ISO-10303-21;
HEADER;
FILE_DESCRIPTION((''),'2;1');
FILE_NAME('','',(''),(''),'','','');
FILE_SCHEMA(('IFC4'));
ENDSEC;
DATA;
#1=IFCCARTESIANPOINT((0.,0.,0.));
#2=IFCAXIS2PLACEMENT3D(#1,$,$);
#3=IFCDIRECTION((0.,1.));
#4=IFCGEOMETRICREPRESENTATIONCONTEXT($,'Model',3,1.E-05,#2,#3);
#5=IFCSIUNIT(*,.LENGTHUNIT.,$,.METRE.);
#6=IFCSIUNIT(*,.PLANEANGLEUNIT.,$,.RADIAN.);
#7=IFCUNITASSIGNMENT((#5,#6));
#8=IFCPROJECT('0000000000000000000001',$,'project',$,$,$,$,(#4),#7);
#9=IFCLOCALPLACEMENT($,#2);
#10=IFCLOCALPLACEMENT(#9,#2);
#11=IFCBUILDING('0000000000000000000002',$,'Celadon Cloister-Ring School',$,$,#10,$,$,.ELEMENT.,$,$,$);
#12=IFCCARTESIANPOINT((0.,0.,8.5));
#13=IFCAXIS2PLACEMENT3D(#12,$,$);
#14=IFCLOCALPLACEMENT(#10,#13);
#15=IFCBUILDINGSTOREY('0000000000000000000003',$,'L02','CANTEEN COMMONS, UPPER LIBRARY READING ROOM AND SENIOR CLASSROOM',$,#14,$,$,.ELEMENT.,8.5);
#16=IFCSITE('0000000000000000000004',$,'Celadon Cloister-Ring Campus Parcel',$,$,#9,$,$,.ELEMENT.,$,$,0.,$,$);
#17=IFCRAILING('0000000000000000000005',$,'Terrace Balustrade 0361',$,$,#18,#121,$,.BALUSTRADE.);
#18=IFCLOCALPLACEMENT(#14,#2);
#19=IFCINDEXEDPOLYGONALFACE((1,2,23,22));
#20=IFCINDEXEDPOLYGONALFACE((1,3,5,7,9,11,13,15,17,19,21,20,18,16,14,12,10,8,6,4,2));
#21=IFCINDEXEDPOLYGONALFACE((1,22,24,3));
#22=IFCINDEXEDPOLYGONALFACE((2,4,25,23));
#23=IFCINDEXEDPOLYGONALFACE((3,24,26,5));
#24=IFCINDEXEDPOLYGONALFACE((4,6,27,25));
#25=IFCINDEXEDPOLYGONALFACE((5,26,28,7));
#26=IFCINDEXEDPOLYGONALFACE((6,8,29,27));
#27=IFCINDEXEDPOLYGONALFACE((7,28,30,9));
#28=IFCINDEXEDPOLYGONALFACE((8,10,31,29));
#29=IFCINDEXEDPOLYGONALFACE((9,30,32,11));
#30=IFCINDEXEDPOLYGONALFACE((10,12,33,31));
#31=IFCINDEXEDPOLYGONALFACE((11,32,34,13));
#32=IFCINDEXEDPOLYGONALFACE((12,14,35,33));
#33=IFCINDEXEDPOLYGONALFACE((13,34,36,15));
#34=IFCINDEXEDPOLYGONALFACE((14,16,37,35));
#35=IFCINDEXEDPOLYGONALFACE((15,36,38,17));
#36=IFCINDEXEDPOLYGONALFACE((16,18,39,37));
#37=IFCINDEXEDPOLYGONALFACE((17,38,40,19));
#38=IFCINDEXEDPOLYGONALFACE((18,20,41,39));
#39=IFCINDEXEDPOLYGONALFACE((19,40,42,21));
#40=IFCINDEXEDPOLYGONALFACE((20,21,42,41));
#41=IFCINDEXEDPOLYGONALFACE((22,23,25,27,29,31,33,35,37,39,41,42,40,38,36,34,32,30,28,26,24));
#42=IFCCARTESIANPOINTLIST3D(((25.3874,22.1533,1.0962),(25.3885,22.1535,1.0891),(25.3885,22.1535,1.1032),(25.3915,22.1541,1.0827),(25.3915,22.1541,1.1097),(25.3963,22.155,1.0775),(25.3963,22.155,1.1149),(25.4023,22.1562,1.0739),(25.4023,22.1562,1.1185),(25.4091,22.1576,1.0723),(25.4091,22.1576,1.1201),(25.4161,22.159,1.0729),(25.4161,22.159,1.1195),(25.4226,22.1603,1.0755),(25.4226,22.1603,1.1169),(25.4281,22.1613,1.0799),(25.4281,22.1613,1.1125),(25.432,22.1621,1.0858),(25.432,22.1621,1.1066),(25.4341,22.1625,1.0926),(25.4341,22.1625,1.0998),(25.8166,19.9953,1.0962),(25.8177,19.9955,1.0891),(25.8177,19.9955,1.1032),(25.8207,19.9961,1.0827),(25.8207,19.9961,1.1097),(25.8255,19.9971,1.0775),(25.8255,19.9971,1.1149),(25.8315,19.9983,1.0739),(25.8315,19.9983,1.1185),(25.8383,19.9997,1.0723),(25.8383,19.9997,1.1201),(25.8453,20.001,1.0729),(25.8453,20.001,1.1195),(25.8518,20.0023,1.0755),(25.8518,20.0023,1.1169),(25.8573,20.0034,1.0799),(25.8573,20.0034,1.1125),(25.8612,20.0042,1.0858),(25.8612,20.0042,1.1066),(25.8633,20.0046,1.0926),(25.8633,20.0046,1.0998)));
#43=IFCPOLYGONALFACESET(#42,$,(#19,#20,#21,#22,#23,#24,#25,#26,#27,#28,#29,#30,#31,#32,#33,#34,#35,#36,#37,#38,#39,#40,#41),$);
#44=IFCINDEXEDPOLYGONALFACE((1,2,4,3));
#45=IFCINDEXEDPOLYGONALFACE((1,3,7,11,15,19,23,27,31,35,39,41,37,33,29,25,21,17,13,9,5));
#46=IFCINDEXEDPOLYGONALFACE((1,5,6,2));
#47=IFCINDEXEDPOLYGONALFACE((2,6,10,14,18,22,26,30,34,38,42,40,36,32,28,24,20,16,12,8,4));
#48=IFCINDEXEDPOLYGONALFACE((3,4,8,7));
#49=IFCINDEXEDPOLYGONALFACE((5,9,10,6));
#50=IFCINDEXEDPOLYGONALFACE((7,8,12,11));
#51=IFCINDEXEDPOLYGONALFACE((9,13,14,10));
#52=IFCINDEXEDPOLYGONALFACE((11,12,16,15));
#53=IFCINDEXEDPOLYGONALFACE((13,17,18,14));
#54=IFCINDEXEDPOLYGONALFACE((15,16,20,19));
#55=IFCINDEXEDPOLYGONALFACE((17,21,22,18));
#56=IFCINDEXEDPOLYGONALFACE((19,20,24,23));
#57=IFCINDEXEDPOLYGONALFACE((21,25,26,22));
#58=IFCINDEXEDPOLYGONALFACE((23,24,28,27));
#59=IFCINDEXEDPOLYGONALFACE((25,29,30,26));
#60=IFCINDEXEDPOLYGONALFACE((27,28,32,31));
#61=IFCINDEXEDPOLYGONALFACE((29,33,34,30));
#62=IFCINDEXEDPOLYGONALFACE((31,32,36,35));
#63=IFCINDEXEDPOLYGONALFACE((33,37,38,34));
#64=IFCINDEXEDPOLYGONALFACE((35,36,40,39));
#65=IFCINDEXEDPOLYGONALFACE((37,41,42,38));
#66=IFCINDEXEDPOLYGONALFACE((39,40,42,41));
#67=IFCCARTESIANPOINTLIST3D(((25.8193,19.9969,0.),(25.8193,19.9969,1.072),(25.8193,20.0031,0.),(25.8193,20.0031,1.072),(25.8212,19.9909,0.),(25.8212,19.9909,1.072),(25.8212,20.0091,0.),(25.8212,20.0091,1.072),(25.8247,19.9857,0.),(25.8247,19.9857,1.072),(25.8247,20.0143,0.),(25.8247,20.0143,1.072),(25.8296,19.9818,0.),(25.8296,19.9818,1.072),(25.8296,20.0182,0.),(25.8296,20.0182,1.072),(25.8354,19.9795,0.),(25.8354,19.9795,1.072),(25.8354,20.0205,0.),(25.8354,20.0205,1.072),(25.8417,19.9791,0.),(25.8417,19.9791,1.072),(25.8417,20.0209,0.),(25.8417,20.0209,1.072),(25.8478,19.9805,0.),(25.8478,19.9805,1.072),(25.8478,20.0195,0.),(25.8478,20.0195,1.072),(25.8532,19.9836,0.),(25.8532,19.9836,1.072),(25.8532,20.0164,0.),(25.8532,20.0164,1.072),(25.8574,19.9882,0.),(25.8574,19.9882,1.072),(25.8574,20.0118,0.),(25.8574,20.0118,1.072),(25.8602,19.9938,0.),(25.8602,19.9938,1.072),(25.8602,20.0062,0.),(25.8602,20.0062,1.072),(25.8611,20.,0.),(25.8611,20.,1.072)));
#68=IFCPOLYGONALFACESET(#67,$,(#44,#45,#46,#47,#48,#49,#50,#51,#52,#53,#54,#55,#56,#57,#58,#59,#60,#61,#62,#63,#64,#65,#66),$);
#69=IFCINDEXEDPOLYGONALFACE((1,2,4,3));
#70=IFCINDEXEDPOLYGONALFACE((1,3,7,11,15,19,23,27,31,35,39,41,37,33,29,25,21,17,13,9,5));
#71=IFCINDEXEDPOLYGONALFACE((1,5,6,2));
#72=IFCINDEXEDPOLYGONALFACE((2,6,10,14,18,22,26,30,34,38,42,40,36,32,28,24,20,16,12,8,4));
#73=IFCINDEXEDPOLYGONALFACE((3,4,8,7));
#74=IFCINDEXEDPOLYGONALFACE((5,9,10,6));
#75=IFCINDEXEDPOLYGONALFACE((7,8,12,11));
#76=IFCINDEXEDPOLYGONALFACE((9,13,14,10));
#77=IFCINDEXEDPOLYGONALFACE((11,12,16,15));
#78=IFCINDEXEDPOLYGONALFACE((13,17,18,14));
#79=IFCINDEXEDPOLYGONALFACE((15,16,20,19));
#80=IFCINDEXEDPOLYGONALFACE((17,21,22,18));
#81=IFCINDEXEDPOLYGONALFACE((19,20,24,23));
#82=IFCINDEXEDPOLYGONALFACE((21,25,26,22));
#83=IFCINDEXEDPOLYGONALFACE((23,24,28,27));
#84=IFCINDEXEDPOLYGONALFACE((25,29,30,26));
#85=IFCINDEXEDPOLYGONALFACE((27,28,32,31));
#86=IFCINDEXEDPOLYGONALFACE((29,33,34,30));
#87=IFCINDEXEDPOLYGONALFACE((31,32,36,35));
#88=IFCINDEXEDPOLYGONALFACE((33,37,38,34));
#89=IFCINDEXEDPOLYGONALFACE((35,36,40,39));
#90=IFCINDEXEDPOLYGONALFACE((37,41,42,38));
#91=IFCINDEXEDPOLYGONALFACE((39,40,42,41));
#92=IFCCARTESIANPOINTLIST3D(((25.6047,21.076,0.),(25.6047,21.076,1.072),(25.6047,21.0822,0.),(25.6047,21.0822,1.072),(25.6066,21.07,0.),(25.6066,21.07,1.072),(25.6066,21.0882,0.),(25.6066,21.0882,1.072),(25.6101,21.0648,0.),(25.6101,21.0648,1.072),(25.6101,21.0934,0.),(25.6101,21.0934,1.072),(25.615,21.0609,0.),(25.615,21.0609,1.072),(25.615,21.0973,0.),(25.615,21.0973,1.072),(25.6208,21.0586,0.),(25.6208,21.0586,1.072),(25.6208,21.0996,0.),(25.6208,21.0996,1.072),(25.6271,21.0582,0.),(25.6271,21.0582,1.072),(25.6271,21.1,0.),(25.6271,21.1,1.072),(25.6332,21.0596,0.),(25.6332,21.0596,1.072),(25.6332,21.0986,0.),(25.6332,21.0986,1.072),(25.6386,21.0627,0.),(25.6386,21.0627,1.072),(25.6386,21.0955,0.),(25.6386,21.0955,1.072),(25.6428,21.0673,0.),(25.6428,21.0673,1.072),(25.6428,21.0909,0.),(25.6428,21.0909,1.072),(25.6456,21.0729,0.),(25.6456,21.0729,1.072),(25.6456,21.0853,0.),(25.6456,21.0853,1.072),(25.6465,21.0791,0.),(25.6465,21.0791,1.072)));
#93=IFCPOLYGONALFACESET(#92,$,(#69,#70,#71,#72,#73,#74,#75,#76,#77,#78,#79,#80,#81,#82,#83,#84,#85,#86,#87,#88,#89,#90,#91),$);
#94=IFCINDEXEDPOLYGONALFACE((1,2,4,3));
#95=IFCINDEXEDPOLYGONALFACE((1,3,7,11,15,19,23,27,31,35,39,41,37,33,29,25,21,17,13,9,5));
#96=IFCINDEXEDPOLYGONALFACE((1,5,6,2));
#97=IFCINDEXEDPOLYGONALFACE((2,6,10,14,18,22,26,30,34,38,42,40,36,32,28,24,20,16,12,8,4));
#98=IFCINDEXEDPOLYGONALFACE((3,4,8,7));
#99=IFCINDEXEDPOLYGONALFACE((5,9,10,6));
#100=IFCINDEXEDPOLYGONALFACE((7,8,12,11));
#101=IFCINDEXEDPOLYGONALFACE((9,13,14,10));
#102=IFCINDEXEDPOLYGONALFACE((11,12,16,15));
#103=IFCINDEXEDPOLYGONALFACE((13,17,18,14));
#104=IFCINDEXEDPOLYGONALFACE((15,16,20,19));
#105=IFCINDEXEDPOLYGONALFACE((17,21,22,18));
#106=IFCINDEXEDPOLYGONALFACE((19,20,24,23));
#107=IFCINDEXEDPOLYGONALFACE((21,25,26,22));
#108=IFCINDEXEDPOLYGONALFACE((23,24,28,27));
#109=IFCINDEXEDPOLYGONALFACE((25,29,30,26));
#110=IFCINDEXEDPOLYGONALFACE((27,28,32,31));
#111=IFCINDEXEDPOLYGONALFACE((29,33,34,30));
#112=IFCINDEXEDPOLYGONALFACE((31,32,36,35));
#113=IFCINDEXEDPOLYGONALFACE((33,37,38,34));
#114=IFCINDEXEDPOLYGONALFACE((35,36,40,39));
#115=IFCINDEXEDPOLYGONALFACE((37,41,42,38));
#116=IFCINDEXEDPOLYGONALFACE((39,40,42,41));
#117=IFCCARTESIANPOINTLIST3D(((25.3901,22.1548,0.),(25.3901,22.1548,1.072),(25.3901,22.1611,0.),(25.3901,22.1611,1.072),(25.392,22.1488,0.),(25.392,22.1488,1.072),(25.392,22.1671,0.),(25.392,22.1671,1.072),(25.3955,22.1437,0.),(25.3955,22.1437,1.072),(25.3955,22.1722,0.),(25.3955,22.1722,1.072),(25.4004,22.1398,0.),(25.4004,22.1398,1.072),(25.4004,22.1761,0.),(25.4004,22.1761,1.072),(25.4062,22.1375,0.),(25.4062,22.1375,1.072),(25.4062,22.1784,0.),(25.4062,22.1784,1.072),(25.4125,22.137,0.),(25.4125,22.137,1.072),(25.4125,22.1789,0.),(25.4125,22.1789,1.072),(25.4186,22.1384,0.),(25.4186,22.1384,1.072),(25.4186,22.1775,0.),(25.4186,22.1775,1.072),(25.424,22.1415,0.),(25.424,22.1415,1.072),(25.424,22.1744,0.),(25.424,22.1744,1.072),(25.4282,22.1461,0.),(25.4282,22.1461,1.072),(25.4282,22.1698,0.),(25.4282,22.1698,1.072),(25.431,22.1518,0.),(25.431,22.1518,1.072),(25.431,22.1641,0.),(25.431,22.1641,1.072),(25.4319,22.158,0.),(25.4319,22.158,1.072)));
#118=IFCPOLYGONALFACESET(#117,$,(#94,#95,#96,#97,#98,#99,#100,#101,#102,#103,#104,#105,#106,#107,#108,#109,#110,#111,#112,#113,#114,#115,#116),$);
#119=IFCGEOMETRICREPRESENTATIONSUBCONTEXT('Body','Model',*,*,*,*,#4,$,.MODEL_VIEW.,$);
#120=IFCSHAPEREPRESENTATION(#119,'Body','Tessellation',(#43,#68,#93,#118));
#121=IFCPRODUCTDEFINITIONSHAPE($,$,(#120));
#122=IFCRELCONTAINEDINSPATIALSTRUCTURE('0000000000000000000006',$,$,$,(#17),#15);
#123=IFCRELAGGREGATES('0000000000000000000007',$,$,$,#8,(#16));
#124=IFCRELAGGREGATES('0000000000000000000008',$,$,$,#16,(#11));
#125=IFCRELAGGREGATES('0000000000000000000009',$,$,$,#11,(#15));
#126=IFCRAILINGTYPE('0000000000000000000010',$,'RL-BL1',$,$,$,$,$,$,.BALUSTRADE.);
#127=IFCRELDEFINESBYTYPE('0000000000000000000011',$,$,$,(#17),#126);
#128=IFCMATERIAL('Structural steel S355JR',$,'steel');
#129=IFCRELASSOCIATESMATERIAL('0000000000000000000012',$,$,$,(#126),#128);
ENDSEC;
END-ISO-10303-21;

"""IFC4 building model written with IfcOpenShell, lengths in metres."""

from ifc_helpers import new_model, si_unit, direction, frame, origin, origin_2d, place, context, subcontext, project, spatial, circle, extrude, material, type_object, element, save


model = new_model("IFC4")

# Units and contexts
model_context = context("Model", 3, precision=1e-05, world=origin(), true_north=direction((0.0, 1.0)))
body_context = subcontext(model_context, "Body", "Model", "MODEL_VIEW")
ifc_project = project(units=[si_unit("LENGTHUNIT", "METRE"), si_unit("PLANEANGLEUNIT", "RADIAN")], contexts=[model_context])

# Site, building, storey
site_placement = place(None, origin())
site = spatial("IfcSite", under=ifc_project, at=site_placement, Name="Celadon Cloister-Ring Campus Parcel", CompositionType="ELEMENT", RefElevation=0.0)
building_placement = place(site_placement, origin())
building = spatial("IfcBuilding", under=site, at=building_placement, Name="Celadon Cloister-Ring School", CompositionType="ELEMENT")
storey_placement = place(building_placement, frame((0.0, 0.0, 8.5)))
storey = spatial("IfcBuildingStorey", under=building, at=storey_placement, Name="L02", Description="CANTEEN COMMONS, UPPER LIBRARY READING ROOM AND SENIOR CLASSROOM", CompositionType="ELEMENT", Elevation=8.5)

# Railing
ifc_material_1 = material(Name="Structural steel S355JR", Category="steel")
railing_type = type_object("IfcRailingType", Name="RL-BL1", PredefinedType="BALUSTRADE", material=ifc_material_1)
railing_placement = place(storey_placement, frame((25.8401, 20.0, 0.0)))
element("IfcRailing", 1, at=railing_placement, inside=storey, type_object=railing_type, Name="Terrace Balustrade 0361", PredefinedType="BALUSTRADE", context=body_context, shape_type="SweptSolid", body=[
    extrude(circle(Radius=0.0239, at=origin_2d()), frame((0.0, 0.0, 1.0962), z_axis=(-0.19507, 0.980789, 0.0), x_axis=(-0.980789, -0.19507, 0.0)), (0.0, 0.0, 1.0), 2.2002),
    extrude(circle(Radius=0.021, at=origin_2d()), origin(), (0.0, 0.0, 1.0), 1.072),
    extrude(circle(Radius=0.021, at=origin_2d()), frame((-0.2146, 1.0791, 0.0)), (0.0, 0.0, 1.0), 1.072),
    extrude(circle(Radius=0.021, at=origin_2d()), frame((-0.4292, 2.158, 0.0)), (0.0, 0.0, 1.0), 1.072),
])

save(model, "model.ifc")
